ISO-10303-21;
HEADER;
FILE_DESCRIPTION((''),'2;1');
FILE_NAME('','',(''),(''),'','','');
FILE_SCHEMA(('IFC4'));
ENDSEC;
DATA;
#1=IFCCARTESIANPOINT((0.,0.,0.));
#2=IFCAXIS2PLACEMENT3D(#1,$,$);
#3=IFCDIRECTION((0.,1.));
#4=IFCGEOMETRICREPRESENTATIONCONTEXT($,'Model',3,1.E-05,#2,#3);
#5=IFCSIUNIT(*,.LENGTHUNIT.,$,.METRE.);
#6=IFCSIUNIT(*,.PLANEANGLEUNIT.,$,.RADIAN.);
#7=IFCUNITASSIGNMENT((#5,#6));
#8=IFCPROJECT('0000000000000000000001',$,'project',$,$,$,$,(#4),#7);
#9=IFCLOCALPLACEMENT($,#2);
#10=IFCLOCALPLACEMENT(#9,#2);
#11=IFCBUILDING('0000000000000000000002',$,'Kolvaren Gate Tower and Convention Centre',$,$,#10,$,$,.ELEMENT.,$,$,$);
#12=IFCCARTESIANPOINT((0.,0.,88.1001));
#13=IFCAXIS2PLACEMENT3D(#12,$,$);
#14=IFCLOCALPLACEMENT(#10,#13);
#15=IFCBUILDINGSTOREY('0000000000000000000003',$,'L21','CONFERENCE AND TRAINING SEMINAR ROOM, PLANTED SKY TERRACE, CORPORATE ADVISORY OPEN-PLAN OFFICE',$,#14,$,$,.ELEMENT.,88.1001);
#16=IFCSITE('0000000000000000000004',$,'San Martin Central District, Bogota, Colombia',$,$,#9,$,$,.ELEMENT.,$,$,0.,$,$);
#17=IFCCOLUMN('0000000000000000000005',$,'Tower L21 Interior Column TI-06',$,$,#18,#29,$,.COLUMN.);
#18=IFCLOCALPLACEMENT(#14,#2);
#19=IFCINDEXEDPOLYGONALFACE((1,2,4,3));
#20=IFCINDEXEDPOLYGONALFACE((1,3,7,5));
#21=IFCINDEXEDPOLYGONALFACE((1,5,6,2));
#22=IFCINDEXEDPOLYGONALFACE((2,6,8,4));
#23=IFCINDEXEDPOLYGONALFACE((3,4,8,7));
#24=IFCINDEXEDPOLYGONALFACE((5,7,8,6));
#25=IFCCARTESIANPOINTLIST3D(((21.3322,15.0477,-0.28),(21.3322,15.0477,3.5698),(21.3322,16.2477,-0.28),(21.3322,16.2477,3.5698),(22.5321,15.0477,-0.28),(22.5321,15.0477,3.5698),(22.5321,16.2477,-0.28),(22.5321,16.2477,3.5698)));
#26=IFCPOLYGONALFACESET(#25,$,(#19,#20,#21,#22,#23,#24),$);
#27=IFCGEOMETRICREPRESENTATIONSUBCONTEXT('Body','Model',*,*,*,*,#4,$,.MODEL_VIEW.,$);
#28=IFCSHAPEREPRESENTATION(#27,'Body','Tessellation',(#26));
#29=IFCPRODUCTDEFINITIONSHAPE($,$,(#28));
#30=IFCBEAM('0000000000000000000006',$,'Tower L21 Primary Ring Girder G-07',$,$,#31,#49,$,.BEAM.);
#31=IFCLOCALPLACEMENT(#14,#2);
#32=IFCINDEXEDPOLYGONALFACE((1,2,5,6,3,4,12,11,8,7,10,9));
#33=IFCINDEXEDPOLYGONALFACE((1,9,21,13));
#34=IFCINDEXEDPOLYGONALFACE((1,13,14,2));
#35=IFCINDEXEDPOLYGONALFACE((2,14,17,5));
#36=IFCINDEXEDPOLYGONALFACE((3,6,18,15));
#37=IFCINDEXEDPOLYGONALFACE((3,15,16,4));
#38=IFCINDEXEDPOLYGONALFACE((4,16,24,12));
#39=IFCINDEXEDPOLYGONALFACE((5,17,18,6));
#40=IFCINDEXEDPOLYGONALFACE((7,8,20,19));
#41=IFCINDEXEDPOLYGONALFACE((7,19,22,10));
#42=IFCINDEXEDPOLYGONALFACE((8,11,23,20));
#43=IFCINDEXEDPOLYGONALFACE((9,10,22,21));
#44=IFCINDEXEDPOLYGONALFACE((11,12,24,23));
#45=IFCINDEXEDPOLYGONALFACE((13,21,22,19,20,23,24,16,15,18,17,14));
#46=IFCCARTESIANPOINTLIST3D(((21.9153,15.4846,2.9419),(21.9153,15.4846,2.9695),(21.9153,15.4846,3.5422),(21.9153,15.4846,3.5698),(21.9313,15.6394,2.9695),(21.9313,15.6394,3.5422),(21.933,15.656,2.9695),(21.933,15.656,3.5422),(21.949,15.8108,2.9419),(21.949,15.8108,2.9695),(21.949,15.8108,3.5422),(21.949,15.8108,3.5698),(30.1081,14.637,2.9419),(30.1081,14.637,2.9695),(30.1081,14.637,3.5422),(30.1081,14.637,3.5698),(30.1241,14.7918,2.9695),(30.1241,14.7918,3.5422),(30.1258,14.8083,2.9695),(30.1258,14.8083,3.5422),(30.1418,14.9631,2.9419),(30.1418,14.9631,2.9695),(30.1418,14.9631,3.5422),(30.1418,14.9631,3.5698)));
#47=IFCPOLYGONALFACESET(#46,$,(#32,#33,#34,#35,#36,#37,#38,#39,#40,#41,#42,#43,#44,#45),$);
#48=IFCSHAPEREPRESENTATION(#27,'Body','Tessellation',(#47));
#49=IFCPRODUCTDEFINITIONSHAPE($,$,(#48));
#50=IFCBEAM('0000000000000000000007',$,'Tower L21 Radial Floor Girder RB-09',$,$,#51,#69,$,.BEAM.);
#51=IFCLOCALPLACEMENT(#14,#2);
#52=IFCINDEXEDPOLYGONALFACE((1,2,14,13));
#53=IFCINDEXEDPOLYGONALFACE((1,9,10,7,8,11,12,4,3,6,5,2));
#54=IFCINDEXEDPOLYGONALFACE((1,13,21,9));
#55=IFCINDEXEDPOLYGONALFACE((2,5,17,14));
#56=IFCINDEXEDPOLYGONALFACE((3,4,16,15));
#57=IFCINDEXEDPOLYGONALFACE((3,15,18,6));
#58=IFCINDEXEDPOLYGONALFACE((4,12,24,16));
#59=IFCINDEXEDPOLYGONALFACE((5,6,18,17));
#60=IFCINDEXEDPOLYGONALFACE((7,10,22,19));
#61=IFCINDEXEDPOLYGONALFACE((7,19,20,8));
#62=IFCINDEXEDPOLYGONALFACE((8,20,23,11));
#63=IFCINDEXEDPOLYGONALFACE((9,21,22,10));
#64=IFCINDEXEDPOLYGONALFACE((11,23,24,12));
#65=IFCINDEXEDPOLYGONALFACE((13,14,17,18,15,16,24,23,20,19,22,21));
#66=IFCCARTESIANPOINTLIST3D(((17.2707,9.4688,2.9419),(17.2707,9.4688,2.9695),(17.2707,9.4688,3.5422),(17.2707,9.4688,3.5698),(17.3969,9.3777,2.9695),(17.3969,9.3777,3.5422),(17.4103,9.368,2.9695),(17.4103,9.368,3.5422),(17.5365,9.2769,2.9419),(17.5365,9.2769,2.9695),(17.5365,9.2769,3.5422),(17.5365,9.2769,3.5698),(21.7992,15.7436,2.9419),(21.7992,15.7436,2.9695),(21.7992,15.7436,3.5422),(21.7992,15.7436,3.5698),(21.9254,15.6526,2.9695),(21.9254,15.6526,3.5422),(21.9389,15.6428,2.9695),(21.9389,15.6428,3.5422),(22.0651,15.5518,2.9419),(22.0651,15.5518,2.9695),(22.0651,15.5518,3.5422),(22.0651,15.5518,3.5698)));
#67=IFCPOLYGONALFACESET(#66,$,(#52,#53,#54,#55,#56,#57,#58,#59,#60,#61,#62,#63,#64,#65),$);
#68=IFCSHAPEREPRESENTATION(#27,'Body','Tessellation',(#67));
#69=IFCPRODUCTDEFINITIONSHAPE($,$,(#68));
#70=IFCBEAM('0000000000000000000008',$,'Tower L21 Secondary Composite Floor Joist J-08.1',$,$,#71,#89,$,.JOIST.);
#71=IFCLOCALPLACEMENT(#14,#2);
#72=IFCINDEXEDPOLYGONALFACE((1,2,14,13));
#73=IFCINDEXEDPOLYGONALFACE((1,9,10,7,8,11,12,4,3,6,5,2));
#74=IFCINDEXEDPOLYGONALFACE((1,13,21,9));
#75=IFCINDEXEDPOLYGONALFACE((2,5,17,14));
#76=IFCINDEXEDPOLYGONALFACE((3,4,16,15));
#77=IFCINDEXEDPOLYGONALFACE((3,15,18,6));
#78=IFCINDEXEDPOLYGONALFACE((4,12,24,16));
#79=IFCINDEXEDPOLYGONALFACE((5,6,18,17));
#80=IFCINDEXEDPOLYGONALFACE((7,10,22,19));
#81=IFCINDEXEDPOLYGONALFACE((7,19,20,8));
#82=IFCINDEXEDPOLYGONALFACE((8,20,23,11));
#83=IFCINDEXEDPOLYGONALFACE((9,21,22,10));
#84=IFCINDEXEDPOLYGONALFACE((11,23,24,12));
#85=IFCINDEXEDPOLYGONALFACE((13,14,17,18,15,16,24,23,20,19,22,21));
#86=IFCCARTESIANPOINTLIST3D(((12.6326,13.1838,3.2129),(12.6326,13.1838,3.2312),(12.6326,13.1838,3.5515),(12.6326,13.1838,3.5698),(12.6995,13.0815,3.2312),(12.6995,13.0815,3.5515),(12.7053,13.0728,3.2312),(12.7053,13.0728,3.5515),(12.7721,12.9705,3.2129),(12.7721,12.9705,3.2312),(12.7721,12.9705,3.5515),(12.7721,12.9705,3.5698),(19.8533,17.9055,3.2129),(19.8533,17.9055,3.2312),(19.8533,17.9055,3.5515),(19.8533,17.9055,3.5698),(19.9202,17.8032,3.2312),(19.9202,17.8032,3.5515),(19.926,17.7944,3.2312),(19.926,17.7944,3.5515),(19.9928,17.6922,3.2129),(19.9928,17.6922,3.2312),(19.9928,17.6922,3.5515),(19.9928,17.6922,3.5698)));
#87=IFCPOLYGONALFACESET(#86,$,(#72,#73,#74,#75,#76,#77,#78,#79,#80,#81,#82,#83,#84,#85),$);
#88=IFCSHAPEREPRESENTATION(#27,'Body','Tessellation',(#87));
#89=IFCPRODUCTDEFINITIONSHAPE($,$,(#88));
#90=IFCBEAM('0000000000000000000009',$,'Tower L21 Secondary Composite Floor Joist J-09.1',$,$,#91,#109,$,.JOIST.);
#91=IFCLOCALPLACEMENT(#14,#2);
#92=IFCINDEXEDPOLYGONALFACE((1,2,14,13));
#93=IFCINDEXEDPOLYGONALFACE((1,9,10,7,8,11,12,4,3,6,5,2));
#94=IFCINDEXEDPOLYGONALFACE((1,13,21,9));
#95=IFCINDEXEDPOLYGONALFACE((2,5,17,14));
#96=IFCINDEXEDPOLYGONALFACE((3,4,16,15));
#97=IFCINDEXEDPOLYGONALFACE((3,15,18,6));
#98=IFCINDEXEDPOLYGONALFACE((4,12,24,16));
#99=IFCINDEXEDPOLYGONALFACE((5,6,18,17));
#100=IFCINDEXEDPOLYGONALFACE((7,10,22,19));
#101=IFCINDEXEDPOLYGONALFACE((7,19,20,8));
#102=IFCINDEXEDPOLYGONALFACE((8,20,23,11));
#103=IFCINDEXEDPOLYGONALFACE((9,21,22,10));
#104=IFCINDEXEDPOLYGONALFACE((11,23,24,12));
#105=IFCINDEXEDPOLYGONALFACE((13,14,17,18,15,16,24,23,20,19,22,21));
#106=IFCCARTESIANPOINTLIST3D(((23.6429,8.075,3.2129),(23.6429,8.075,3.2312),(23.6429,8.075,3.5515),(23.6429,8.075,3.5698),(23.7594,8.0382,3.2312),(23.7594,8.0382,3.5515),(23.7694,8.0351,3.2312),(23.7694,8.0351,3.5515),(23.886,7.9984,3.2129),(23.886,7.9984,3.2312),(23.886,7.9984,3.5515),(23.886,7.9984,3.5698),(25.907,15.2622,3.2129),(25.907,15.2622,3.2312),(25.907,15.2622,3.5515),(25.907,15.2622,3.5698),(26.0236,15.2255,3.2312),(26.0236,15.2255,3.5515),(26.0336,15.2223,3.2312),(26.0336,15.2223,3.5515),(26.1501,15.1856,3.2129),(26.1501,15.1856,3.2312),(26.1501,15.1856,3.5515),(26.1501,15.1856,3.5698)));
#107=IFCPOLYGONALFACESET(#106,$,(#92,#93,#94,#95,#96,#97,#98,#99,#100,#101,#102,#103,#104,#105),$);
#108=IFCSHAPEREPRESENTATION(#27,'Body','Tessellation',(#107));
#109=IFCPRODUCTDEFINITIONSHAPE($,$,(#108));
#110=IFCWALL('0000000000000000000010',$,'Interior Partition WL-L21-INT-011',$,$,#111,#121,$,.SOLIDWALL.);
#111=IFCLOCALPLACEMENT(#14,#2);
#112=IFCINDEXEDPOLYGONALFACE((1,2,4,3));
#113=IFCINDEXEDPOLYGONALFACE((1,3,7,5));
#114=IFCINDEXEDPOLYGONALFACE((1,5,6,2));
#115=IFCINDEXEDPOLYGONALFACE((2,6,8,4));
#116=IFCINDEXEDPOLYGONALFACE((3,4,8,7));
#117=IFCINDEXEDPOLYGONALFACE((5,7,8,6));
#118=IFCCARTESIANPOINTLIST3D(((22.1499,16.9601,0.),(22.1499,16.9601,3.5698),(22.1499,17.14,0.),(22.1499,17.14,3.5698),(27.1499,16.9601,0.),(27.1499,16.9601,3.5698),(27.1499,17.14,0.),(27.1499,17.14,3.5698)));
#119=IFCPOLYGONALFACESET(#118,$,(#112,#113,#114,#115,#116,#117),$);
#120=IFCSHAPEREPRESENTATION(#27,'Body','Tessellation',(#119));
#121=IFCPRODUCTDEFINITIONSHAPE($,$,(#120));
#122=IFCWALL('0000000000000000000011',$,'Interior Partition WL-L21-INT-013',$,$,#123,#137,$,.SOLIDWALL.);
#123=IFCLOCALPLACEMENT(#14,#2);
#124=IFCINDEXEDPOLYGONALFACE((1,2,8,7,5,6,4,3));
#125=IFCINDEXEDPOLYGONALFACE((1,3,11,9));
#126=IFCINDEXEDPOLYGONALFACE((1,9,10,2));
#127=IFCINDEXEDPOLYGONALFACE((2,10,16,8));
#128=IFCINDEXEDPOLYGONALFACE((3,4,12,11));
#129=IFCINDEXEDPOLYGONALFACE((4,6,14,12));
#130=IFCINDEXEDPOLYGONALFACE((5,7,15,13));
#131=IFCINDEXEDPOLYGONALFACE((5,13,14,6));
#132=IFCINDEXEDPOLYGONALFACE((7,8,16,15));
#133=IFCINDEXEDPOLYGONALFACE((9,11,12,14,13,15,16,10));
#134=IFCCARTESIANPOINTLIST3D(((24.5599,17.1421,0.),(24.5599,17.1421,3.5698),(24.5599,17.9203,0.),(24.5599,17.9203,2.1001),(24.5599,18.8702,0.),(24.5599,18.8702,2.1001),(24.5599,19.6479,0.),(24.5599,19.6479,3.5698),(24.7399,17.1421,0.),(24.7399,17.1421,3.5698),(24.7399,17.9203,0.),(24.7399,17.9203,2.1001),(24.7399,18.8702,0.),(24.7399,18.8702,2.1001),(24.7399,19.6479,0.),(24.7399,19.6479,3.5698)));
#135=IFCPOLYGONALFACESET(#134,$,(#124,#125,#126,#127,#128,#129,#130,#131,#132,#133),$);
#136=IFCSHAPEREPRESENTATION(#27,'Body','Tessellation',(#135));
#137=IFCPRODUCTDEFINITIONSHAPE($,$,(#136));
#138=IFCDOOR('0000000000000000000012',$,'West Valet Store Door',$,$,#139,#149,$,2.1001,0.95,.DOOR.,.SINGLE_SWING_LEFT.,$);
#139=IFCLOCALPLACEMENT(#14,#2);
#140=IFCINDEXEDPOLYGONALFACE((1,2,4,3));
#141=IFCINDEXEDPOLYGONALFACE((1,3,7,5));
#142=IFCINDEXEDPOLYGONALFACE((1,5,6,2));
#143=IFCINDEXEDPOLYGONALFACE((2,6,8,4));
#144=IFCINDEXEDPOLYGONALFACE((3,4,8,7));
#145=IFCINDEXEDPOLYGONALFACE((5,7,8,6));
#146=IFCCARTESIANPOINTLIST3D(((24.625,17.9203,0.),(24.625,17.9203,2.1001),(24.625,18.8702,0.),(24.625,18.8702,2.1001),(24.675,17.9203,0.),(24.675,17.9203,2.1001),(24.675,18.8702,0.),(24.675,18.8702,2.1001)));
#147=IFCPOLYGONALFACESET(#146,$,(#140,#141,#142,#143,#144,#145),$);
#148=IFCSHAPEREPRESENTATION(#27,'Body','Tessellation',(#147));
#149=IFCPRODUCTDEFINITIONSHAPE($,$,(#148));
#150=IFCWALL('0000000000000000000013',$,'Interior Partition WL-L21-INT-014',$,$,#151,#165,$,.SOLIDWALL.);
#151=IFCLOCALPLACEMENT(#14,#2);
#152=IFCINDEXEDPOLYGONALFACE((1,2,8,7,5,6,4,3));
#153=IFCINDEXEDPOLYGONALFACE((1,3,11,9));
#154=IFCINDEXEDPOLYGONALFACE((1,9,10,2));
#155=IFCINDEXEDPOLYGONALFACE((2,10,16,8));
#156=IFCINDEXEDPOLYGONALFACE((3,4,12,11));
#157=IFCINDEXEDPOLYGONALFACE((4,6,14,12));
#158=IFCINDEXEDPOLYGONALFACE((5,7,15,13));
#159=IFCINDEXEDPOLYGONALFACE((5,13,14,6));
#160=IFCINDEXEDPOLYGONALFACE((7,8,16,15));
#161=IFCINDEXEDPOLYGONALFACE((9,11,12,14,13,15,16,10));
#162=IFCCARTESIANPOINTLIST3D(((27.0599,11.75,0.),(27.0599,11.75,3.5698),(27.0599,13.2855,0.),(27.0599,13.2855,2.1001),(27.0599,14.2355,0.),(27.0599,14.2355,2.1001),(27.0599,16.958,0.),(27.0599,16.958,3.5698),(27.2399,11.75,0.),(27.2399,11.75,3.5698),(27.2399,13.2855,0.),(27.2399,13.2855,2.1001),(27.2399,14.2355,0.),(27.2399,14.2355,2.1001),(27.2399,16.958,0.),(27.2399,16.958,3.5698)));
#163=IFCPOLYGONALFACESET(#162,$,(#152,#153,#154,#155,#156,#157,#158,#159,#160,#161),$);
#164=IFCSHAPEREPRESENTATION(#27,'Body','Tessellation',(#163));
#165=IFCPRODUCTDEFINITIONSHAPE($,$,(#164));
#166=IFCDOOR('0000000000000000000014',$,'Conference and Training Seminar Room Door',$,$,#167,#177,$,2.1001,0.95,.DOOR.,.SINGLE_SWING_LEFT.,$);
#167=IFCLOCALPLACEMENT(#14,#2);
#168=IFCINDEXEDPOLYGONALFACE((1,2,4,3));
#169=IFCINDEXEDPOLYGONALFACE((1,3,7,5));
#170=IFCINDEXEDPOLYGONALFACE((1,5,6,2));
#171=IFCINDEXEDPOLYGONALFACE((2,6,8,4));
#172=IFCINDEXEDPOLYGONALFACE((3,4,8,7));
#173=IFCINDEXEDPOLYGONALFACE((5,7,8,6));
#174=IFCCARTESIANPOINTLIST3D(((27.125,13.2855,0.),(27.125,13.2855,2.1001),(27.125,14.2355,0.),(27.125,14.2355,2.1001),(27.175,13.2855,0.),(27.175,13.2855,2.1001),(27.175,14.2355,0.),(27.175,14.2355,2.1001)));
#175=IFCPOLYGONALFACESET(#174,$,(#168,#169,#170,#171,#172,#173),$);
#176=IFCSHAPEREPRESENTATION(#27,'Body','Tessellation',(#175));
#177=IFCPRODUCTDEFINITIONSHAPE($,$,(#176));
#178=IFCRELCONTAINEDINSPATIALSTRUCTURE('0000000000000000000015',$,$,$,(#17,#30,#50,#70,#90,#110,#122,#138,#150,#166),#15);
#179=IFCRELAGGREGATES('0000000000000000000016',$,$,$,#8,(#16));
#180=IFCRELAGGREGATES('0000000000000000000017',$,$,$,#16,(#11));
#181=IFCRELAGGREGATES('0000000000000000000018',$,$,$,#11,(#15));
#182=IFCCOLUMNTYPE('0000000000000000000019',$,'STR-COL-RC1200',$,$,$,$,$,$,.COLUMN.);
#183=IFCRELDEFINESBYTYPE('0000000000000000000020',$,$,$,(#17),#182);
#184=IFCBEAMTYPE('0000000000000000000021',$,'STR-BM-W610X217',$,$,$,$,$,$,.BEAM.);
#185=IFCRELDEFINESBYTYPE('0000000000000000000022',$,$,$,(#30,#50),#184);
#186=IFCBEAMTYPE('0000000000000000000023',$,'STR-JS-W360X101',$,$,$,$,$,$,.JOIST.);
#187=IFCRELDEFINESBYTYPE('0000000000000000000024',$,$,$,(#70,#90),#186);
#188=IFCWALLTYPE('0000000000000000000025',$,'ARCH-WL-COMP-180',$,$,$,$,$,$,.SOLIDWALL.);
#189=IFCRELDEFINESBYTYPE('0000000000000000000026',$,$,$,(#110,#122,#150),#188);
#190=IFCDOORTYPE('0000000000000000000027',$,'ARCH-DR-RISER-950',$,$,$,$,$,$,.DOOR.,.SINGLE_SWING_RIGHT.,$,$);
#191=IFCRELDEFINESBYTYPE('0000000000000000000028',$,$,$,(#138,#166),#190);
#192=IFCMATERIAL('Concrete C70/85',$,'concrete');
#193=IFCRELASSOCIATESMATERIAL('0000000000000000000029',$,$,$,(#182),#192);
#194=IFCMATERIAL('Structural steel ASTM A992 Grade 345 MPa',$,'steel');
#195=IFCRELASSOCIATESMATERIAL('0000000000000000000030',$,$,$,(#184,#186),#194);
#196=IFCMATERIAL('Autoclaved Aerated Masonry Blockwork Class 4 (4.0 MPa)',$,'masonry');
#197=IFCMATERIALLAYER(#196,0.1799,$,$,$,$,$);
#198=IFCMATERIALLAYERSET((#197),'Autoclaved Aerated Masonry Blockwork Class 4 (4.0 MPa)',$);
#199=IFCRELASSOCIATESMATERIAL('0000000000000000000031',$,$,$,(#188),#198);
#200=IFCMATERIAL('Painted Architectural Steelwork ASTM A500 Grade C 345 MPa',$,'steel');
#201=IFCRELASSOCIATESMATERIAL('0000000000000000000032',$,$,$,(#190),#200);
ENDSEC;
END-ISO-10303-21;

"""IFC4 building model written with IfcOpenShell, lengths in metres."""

from ifc_helpers import new_model, si_unit, direction, frame, frame_2d, origin, origin_2d, place, context, subcontext, project, spatial, rectangle, i_section, extrude, material, layer, layer_set, material_profile, profile_set, type_object, element, fill, save


model = new_model("IFC4")

# Units and contexts
model_context = context("Model", 3, precision=1e-05, world=origin(), true_north=direction((0.0, 1.0)))
body_context = subcontext(model_context, "Body", "Model", "MODEL_VIEW")
ifc_project = project(units=[si_unit("LENGTHUNIT", "METRE"), si_unit("PLANEANGLEUNIT", "RADIAN")], contexts=[model_context])

# Site, building, storey
site_placement = place(None, origin())
site = spatial("IfcSite", under=ifc_project, at=site_placement, Name="San Martin Central District, Bogota, Colombia", CompositionType="ELEMENT", RefElevation=0.0)
building_placement = place(site_placement, origin())
building = spatial("IfcBuilding", under=site, at=building_placement, Name="Kolvaren Gate Tower and Convention Centre", CompositionType="ELEMENT")
storey_placement = place(building_placement, frame((0.0, 0.0, 88.1001)))
storey = spatial("IfcBuildingStorey", under=building, at=storey_placement, Name="L21", Description="CONFERENCE AND TRAINING SEMINAR ROOM, PLANTED SKY TERRACE, CORPORATE ADVISORY OPEN-PLAN OFFICE", CompositionType="ELEMENT", Elevation=88.1001)

# Column
ifc_material_1 = material(Name="Concrete C70/85", Category="concrete")
ifc_material_profile_1 = material_profile(ifc_material_1, rectangle(XDim=1.2, YDim=1.2, at=origin_2d()), Name="RC-COL-1200X1200")
ifc_profile_set_1 = profile_set([ifc_material_profile_1], Name="Concrete C70/85")
column_type = type_object("IfcColumnType", Name="STR-COL-RC1200", PredefinedType="COLUMN", material=ifc_profile_set_1)
column_placement = place(storey_placement, frame((21.9321, 15.6477, -0.28), z_axis=(0.0, 0.0, 1.0), x_axis=(1.0, 0.0, 0.0)))
element("IfcColumn", 1, at=column_placement, inside=storey, type_object=column_type, Name="Tower L21 Interior Column TI-06", PredefinedType="COLUMN", context=body_context, shape_type="SweptSolid", body=[
    extrude(rectangle(XDim=1.2, YDim=1.2, at=origin_2d()), origin(), (0.0, 0.0, 1.0), 3.8499),
])

# Beams
ifc_material_2 = material(Name="Structural steel ASTM A992 Grade 345 MPa", Category="steel")
ifc_material_profile_2 = material_profile(ifc_material_2, i_section(OverallWidth=0.3279, OverallDepth=0.6279, WebThickness=0.0166, FlangeThickness=0.0276, at=origin_2d()), Name="W610X217")
ifc_profile_set_2 = profile_set([ifc_material_profile_2], Name="Structural steel ASTM A992 Grade 345 MPa")
beam_type_1 = type_object("IfcBeamType", Name="STR-BM-W610X217", PredefinedType="BEAM", material=ifc_profile_set_2)
beam_1_placement = place(storey_placement, frame((21.9321, 15.6477, 3.2559), z_axis=(0.99469, -0.102913, 0.0), x_axis=(0.102913, 0.99469, 0.0)))
element("IfcBeam", 2, at=beam_1_placement, inside=storey, type_object=beam_type_1, Name="Tower L21 Primary Ring Girder G-07", PredefinedType="BEAM", context=body_context, shape_type="SweptSolid", body=[
    extrude(i_section(OverallWidth=0.3279, OverallDepth=0.6279, WebThickness=0.0166, FlangeThickness=0.0276, at=origin_2d()), origin(), (0.0, 0.0, 1.0), 8.2366),
])
beam_2_placement = place(storey_placement, frame((21.9321, 15.6477, 3.2559), z_axis=(-0.585209, -0.810882, 0.0), x_axis=(0.810882, -0.585209, 0.0)))
element("IfcBeam", 3, at=beam_2_placement, inside=storey, type_object=beam_type_1, Name="Tower L21 Radial Floor Girder RB-09", PredefinedType="BEAM", context=body_context, shape_type="SweptSolid", body=[
    extrude(i_section(OverallWidth=0.3279, OverallDepth=0.6279, WebThickness=0.0166, FlangeThickness=0.0276, at=origin_2d()), origin(), (0.0, 0.0, 1.0), 7.7383),
])
ifc_material_profile_3 = material_profile(ifc_material_2, i_section(OverallWidth=0.2549, OverallDepth=0.3569, WebThickness=0.0105, FlangeThickness=0.0183, at=origin_2d()), Name="W360X101")
ifc_profile_set_3 = profile_set([ifc_material_profile_3], Name="Structural steel ASTM A992 Grade 345 MPa")
beam_type_2 = type_object("IfcBeamType", Name="STR-JS-W360X101", PredefinedType="JOIST", material=ifc_profile_set_3)
beam_3_placement = place(storey_placement, frame((19.9231, 17.7988, 3.3914), z_axis=(-0.836946, -0.547286, 0.0), x_axis=(0.547286, -0.836946, 0.0)))
element("IfcBeam", 4, at=beam_3_placement, inside=storey, type_object=beam_type_2, Name="Tower L21 Secondary Composite Floor Joist J-08.1", PredefinedType="JOIST", context=body_context, shape_type="SweptSolid", body=[
    extrude(i_section(OverallWidth=0.2549, OverallDepth=0.3569, WebThickness=0.0105, FlangeThickness=0.0183, at=origin_2d()), origin(), (0.0, 0.0, 1.0), 8.6274),
])
beam_4_placement = place(storey_placement, frame((26.0286, 15.2239, 3.3914), z_axis=(-0.300468, -0.953792, 0.0), x_axis=(0.953792, -0.300468, 0.0)))
element("IfcBeam", 5, at=beam_4_placement, inside=storey, type_object=beam_type_2, Name="Tower L21 Secondary Composite Floor Joist J-09.1", PredefinedType="JOIST", context=body_context, shape_type="SweptSolid", body=[
    extrude(i_section(OverallWidth=0.2549, OverallDepth=0.3569, WebThickness=0.0105, FlangeThickness=0.0183, at=origin_2d()), origin(), (0.0, 0.0, 1.0), 7.5354),
])

# Wall
ifc_material_3 = material(Name="Autoclaved Aerated Masonry Blockwork Class 4 (4.0 MPa)", Category="masonry")
ifc_layer_1 = layer(ifc_material_3, 0.1799)
ifc_layer_set_1 = layer_set([ifc_layer_1], Name="Autoclaved Aerated Masonry Blockwork Class 4 (4.0 MPa)")
wall_type_1 = type_object("IfcWallType", Name="ARCH-WL-COMP-180", PredefinedType="SOLIDWALL", material=ifc_layer_set_1)
wall_1_placement = place(storey_placement, frame((22.1499, 17.05, 0.0), z_axis=(0.0, 0.0, 1.0), x_axis=(1.0, 0.0, 0.0)))
element("IfcWall", 6, at=wall_1_placement, inside=storey, type_object=wall_type_1, Name="Interior Partition WL-L21-INT-011", PredefinedType="SOLIDWALL", context=body_context, shape_type="SweptSolid", body=[
    extrude(rectangle(XDim=5.0, YDim=0.1799, at=frame_2d((2.5, 0.0))), origin(), (0.0, 0.0, 1.0), 3.5698),
])

# Walls, openings, doors
wall_2_placement = place(storey_placement, frame((24.6499, 17.1421, 0.0), z_axis=(0.0, 0.0, 1.0), x_axis=(0.0, 1.0, 0.0)))
wall_2 = element("IfcWall", 7, at=wall_2_placement, inside=storey, type_object=wall_type_1, Name="Interior Partition WL-L21-INT-013", PredefinedType="SOLIDWALL", context=body_context, shape_type="SweptSolid", body=[
    extrude(rectangle(XDim=2.5059, YDim=0.1799, at=frame_2d((1.2529, 0.0))), origin(), (0.0, 0.0, 1.0), 3.5698),
])
opening_1_placement = place(wall_2_placement, frame((0.7781, 0.0, 0.0)))
opening_1 = element("IfcOpeningElement", 8, at=opening_1_placement, cuts=wall_2, PredefinedType="OPENING", context=body_context, shape_type="SweptSolid", body=[
    extrude(rectangle(XDim=0.95, YDim=2.1001, at=frame_2d((0.4751, 1.05))), frame((0.0, 0.0999, 0.0), z_axis=(0.0, -1.0, 0.0), x_axis=(1.0, 0.0, 0.0)), (0.0, 0.0, 1.0), 0.2),
])
ifc_material_4 = material(Name="Painted Architectural Steelwork ASTM A500 Grade C 345 MPa", Category="steel")
door_type = type_object("IfcDoorType", Name="ARCH-DR-RISER-950", OperationType="SINGLE_SWING_RIGHT", PredefinedType="DOOR", material=ifc_material_4)
door_1_placement = place(opening_1_placement, origin())
door_1 = element("IfcDoor", 9, at=door_1_placement, inside=storey, type_object=door_type, Name="West Valet Store Door", OperationType="SINGLE_SWING_LEFT", OverallHeight=2.1001, OverallWidth=0.95, PredefinedType="DOOR", context=body_context, shape_type="SweptSolid", body=[
    extrude(rectangle(XDim=0.95, YDim=2.1001, at=frame_2d((0.4751, 1.05))), frame((0.0, 0.0249, 0.0), z_axis=(0.0, -1.0, 0.0), x_axis=(1.0, 0.0, 0.0)), (0.0, 0.0, 1.0), 0.05),
])
fill(opening_1, door_1)
wall_3_placement = place(storey_placement, frame((27.1499, 11.75, 0.0), z_axis=(0.0, 0.0, 1.0), x_axis=(0.0, 1.0, 0.0)))
wall_3 = element("IfcWall", 10, at=wall_3_placement, inside=storey, type_object=wall_type_1, Name="Interior Partition WL-L21-INT-014", PredefinedType="SOLIDWALL", context=body_context, shape_type="SweptSolid", body=[
    extrude(rectangle(XDim=5.208, YDim=0.1799, at=frame_2d((2.604, 0.0))), origin(), (0.0, 0.0, 1.0), 3.5698),
])
opening_2_placement = place(wall_3_placement, frame((1.5354, 0.0, 0.0)))
opening_2 = element("IfcOpeningElement", 11, at=opening_2_placement, cuts=wall_3, PredefinedType="OPENING", context=body_context, shape_type="SweptSolid", body=[
    extrude(rectangle(XDim=0.95, YDim=2.1001, at=frame_2d((0.4751, 1.05))), frame((0.0, 0.0999, 0.0), z_axis=(0.0, -1.0, 0.0), x_axis=(1.0, 0.0, 0.0)), (0.0, 0.0, 1.0), 0.2),
])
door_2_placement = place(opening_2_placement, origin())
door_2 = element("IfcDoor", 12, at=door_2_placement, inside=storey, type_object=door_type, Name="Conference and Training Seminar Room Door", OperationType="SINGLE_SWING_LEFT", OverallHeight=2.1001, OverallWidth=0.95, PredefinedType="DOOR", context=body_context, shape_type="SweptSolid", body=[
    extrude(rectangle(XDim=0.95, YDim=2.1001, at=frame_2d((0.4751, 1.05))), frame((0.0, 0.0249, 0.0), z_axis=(0.0, -1.0, 0.0), x_axis=(1.0, 0.0, 0.0)), (0.0, 0.0, 1.0), 0.05),
])
fill(opening_2, door_2)

save(model, "model.ifc")
